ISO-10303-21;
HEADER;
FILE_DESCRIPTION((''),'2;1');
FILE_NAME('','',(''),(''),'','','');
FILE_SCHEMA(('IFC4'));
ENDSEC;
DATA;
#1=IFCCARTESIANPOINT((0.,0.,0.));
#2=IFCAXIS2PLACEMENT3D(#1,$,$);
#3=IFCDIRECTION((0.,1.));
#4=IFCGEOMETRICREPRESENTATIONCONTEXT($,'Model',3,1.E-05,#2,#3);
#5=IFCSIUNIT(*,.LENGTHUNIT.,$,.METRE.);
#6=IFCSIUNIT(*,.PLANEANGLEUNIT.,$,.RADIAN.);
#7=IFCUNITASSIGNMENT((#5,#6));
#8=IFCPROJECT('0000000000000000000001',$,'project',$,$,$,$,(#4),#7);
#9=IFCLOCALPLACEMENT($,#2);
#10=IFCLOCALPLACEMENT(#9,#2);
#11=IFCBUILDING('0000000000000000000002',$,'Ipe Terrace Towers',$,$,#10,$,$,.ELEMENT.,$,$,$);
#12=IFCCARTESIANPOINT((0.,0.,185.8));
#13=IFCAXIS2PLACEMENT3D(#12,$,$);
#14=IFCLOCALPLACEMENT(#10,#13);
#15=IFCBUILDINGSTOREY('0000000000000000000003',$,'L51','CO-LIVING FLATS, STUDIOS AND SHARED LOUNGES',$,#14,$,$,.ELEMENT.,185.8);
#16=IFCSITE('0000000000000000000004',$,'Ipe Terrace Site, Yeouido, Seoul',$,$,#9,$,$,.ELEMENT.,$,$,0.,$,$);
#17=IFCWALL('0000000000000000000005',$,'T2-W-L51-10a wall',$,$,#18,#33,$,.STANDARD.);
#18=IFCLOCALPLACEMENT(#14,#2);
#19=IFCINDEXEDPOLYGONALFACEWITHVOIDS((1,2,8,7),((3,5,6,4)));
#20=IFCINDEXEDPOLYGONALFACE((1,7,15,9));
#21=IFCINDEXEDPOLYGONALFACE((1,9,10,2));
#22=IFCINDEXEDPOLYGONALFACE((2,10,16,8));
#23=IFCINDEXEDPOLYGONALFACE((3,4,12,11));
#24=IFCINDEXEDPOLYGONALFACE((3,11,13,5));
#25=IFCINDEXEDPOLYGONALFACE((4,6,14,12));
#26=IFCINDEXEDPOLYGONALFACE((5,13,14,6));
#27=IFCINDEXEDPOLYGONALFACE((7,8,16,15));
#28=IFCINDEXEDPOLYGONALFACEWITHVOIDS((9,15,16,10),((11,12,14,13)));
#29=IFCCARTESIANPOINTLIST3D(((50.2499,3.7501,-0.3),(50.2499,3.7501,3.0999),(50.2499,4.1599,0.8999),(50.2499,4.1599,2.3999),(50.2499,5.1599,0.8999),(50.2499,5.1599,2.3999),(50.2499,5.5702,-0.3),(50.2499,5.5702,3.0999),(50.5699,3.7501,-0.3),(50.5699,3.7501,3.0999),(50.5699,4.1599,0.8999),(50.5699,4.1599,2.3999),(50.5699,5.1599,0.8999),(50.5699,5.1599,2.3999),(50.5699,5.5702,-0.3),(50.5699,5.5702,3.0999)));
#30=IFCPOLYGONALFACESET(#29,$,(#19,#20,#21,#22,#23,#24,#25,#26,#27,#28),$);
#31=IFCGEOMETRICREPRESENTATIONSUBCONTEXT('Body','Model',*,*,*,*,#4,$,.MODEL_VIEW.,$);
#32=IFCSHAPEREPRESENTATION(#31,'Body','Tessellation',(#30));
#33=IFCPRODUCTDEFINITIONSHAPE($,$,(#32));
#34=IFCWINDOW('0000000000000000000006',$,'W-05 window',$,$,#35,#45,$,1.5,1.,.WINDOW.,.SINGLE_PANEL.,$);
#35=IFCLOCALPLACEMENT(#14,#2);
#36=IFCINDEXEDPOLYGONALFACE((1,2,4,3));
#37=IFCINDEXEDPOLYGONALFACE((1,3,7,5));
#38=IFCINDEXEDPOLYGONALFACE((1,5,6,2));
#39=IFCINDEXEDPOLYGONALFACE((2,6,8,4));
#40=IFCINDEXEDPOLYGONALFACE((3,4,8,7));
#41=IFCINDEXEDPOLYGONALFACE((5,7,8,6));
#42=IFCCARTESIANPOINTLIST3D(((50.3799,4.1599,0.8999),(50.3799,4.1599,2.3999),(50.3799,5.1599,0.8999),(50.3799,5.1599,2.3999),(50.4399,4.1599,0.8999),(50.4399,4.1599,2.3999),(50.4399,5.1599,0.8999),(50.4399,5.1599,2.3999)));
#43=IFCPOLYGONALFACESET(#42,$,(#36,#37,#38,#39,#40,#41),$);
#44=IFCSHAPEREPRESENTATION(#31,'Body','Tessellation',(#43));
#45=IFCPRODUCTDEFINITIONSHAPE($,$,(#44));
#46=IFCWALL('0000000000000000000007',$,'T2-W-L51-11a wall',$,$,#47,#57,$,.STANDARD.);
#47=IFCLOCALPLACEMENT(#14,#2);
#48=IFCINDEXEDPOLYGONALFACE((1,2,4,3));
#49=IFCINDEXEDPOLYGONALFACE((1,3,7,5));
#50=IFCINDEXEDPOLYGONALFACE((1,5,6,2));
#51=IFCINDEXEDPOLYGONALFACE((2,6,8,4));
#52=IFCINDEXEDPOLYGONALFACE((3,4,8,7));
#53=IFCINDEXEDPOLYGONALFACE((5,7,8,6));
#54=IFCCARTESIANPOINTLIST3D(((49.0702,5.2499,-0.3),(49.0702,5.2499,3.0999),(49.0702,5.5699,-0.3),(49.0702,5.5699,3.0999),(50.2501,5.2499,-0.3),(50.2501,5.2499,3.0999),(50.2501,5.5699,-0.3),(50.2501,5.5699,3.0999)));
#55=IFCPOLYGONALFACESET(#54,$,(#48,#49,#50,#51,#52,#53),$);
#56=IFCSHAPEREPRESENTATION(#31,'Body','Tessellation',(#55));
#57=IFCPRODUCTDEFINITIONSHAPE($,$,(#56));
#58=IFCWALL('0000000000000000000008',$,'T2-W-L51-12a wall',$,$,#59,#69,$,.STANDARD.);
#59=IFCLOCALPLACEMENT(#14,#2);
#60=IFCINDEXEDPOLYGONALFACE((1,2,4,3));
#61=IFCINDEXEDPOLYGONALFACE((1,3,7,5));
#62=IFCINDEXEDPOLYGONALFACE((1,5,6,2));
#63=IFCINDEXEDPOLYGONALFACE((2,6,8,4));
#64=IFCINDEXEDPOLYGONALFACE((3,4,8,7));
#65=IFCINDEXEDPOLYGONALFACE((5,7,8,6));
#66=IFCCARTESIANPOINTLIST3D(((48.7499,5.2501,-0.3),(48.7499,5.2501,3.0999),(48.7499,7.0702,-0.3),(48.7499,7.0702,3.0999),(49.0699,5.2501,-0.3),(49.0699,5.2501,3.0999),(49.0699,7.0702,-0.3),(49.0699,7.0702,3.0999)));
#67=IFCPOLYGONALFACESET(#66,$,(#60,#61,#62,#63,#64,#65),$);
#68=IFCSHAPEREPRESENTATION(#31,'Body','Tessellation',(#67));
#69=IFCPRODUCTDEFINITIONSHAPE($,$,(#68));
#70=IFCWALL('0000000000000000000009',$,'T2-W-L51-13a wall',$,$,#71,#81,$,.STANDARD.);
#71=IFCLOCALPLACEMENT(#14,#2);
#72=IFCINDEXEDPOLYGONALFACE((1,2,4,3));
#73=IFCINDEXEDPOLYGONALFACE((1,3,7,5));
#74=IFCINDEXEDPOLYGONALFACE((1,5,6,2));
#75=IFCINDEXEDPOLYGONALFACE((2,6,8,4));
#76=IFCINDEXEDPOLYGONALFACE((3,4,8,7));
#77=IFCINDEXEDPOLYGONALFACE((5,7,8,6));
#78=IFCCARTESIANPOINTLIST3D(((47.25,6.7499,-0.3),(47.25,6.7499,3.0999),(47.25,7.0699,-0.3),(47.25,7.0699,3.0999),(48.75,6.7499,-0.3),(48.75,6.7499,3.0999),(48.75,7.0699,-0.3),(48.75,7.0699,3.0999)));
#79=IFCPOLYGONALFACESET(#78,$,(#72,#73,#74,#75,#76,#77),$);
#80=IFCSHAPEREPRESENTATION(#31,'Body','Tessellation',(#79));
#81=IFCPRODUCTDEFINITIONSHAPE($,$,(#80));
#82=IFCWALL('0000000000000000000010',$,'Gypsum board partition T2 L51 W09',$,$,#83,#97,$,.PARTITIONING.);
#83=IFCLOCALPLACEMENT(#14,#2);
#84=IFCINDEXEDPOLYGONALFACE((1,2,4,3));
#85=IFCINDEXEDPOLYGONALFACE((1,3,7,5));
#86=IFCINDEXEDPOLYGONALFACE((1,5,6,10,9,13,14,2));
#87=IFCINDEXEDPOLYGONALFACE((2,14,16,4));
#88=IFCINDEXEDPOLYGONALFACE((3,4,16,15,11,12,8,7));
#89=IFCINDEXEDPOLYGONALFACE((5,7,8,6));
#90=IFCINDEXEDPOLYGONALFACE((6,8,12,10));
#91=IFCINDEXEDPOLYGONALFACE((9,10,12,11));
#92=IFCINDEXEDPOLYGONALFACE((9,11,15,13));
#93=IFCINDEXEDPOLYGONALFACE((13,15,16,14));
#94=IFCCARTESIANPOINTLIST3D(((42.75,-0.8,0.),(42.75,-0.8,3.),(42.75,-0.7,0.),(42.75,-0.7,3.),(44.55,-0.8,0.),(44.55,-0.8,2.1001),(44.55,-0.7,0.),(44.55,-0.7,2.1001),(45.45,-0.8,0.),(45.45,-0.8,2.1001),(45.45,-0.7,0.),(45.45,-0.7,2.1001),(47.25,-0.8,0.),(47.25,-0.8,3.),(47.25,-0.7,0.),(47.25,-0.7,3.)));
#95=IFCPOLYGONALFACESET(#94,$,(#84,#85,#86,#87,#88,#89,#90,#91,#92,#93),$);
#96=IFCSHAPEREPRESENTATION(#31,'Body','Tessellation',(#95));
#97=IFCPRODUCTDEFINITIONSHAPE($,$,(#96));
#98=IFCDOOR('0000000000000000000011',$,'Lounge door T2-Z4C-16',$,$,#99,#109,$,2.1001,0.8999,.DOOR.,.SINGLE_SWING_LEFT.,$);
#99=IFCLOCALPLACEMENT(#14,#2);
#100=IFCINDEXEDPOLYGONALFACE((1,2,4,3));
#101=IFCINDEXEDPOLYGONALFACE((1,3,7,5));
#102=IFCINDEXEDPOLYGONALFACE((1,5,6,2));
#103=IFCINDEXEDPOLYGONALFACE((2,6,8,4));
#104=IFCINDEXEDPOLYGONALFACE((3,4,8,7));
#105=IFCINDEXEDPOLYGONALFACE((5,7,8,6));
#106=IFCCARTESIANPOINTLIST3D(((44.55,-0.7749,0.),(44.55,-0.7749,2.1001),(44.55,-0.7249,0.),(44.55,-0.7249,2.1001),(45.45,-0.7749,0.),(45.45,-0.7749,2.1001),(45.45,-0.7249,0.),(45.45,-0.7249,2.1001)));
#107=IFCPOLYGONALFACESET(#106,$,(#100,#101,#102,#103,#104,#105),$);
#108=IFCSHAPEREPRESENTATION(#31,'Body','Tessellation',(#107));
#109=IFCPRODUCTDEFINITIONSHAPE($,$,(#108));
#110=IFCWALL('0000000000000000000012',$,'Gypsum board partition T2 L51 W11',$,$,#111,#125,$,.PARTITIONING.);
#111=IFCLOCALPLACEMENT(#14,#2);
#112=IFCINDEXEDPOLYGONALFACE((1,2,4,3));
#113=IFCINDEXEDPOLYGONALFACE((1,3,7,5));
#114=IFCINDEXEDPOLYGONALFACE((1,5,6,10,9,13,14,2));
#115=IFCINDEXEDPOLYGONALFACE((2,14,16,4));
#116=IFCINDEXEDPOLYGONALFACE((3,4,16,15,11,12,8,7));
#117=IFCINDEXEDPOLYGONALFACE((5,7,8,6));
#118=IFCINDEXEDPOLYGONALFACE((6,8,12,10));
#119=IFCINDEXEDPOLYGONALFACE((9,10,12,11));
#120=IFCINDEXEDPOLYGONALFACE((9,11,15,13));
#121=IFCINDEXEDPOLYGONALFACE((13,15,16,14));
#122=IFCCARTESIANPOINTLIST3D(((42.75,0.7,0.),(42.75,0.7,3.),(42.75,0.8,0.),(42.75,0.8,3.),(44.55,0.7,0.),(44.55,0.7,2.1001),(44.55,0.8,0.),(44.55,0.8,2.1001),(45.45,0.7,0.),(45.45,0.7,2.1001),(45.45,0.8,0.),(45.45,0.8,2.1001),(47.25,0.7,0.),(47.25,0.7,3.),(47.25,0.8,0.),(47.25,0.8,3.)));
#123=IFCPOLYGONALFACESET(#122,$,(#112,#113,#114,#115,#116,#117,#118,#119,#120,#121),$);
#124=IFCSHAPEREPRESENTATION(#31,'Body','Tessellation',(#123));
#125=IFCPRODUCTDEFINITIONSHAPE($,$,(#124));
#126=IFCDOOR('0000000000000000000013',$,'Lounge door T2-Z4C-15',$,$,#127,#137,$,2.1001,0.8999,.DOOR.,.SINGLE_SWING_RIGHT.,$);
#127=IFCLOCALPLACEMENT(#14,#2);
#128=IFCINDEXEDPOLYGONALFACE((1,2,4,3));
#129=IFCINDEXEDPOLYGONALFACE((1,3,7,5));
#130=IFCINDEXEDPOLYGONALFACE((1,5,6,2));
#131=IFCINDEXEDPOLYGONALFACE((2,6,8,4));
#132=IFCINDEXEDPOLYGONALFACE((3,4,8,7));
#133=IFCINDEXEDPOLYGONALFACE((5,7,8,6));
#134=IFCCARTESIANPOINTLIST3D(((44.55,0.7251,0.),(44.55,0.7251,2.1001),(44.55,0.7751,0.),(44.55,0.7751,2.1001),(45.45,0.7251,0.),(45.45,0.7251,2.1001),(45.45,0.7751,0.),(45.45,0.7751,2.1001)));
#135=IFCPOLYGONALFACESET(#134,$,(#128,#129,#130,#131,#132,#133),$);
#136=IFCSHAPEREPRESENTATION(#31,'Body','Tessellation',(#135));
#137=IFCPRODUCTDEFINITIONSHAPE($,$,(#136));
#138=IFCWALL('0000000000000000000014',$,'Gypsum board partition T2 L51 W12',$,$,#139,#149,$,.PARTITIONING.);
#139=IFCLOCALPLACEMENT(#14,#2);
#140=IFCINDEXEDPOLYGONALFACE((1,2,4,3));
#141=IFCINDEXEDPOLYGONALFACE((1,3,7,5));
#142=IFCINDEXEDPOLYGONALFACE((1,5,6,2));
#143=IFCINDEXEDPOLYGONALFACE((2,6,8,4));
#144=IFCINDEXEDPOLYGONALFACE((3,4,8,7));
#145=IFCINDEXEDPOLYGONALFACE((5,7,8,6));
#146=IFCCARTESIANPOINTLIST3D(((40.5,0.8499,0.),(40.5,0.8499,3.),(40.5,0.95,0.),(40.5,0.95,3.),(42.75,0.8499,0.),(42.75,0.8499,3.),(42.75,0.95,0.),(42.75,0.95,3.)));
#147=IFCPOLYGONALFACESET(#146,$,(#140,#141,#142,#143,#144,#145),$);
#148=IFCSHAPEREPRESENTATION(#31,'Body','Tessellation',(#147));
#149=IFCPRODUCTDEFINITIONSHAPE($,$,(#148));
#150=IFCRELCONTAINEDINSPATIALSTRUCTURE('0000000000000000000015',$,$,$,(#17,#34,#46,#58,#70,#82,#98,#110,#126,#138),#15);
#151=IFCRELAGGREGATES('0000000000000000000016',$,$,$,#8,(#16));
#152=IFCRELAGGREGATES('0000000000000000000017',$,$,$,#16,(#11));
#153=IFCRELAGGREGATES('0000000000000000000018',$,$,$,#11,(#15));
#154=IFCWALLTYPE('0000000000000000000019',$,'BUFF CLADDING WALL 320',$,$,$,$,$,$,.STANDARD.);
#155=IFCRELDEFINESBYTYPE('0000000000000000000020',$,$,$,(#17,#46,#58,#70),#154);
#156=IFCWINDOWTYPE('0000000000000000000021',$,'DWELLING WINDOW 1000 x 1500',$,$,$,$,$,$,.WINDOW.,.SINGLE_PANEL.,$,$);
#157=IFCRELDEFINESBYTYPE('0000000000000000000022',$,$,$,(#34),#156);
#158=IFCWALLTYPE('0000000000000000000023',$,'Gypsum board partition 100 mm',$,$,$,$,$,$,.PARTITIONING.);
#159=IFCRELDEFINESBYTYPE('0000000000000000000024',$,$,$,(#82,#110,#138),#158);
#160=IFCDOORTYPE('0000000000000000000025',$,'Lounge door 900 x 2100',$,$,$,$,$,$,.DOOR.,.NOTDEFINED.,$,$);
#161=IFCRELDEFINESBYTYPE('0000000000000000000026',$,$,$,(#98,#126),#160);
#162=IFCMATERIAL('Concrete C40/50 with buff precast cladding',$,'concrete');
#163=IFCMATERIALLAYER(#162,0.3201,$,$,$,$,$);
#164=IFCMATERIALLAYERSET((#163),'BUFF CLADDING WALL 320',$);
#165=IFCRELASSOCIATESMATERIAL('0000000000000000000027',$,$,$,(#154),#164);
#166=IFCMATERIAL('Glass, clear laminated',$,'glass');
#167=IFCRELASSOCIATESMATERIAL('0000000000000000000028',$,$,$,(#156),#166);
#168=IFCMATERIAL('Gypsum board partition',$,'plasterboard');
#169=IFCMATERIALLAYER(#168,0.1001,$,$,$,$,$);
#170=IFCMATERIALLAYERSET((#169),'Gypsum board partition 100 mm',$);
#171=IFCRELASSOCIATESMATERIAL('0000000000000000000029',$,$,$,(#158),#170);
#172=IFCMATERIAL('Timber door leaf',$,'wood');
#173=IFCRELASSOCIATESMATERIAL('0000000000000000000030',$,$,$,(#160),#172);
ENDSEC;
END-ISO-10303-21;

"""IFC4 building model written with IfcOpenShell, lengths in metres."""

from ifc_helpers import new_model, si_unit, direction, frame, frame_2d, origin, place, context, subcontext, project, spatial, rectangle, extrude, material, layer, layer_set, type_object, element, fill, save


model = new_model("IFC4")

# Units and contexts
model_context = context("Model", 3, precision=1e-05, world=origin(), true_north=direction((0.0, 1.0)))
body_context = subcontext(model_context, "Body", "Model", "MODEL_VIEW")
ifc_project = project(units=[si_unit("LENGTHUNIT", "METRE"), si_unit("PLANEANGLEUNIT", "RADIAN")], contexts=[model_context])

# Site, building, storey
site_placement = place(None, origin())
site = spatial("IfcSite", under=ifc_project, at=site_placement, Name="Ipe Terrace Site, Yeouido, Seoul", CompositionType="ELEMENT", RefElevation=0.0)
building_placement = place(site_placement, origin())
building = spatial("IfcBuilding", under=site, at=building_placement, Name="Ipe Terrace Towers", CompositionType="ELEMENT")
storey_placement = place(building_placement, frame((0.0, 0.0, 185.8)))
storey = spatial("IfcBuildingStorey", under=building, at=storey_placement, Name="L51", Description="CO-LIVING FLATS, STUDIOS AND SHARED LOUNGES", CompositionType="ELEMENT", Elevation=185.8)

# Shared definitions
ifc_material_1 = material(Name="Concrete C40/50 with buff precast cladding", Category="concrete")
ifc_layer_1 = layer(ifc_material_1, 0.3201)
ifc_layer_set_1 = layer_set([ifc_layer_1], Name="BUFF CLADDING WALL 320")
wall_type_1 = type_object("IfcWallType", Name="BUFF CLADDING WALL 320", PredefinedType="STANDARD", material=ifc_layer_set_1)

# Wall, opening, window
wall_1_placement = place(storey_placement, frame((50.4099, 3.75, -0.3), z_axis=(0.0, 0.0, 1.0), x_axis=(0.0, 1.0, 0.0)))
wall_1 = element("IfcWall", 1, at=wall_1_placement, inside=storey, type_object=wall_type_1, Name="T2-W-L51-10a wall", PredefinedType="STANDARD", context=body_context, shape_type="SweptSolid", body=[
    extrude(rectangle(XDim=1.8201, YDim=0.3201, at=frame_2d((0.9102, 0.0))), origin(), (0.0, 0.0, 1.0), 3.3999),
])
opening_1_placement = place(wall_1_placement, frame((0.4099, 0.0, 1.2)))
opening_1 = element("IfcOpeningElement", 2, at=opening_1_placement, cuts=wall_1, PredefinedType="OPENING", context=body_context, shape_type="SweptSolid", body=[
    extrude(rectangle(XDim=1.0, YDim=1.5, at=frame_2d((0.5, 0.75))), frame((0.0, 0.1699, 0.0), z_axis=(0.0, -1.0, 0.0), x_axis=(1.0, 0.0, 0.0)), (0.0, 0.0, 1.0), 0.3401),
])
ifc_material_2 = material(Name="Glass, clear laminated", Category="glass")
window_type = type_object("IfcWindowType", Name="DWELLING WINDOW 1000 x 1500", PartitioningType="SINGLE_PANEL", PredefinedType="WINDOW", material=ifc_material_2)
window_placement = place(opening_1_placement, origin())
window = element("IfcWindow", 3, at=window_placement, inside=storey, type_object=window_type, Name="W-05 window", OverallHeight=1.5, OverallWidth=1.0, PartitioningType="SINGLE_PANEL", PredefinedType="WINDOW", context=body_context, shape_type="SweptSolid", body=[
    extrude(rectangle(XDim=1.0, YDim=1.5, at=frame_2d((0.5, 0.75))), frame((0.0, 0.03, 0.0), z_axis=(0.0, -1.0, 0.0), x_axis=(1.0, 0.0, 0.0)), (0.0, 0.0, 1.0), 0.0601),
])
fill(opening_1, window)

# Walls
wall_2_placement = place(storey_placement, frame((50.25, 5.4099, -0.3), z_axis=(0.0, 0.0, 1.0), x_axis=(-1.0, 0.0, 0.0)))
element("IfcWall", 4, at=wall_2_placement, inside=storey, type_object=wall_type_1, Name="T2-W-L51-11a wall", PredefinedType="STANDARD", context=body_context, shape_type="SweptSolid", body=[
    extrude(rectangle(XDim=1.1799, YDim=0.3201, at=frame_2d((0.5898, 0.0))), origin(), (0.0, 0.0, 1.0), 3.3999),
])
wall_3_placement = place(storey_placement, frame((48.9099, 5.25, -0.3), z_axis=(0.0, 0.0, 1.0), x_axis=(0.0, 1.0, 0.0)))
element("IfcWall", 5, at=wall_3_placement, inside=storey, type_object=wall_type_1, Name="T2-W-L51-12a wall", PredefinedType="STANDARD", context=body_context, shape_type="SweptSolid", body=[
    extrude(rectangle(XDim=1.8201, YDim=0.3201, at=frame_2d((0.9102, 0.0))), origin(), (0.0, 0.0, 1.0), 3.3999),
])
wall_4_placement = place(storey_placement, frame((48.75, 6.9099, -0.3), z_axis=(0.0, 0.0, 1.0), x_axis=(-1.0, 0.0, 0.0)))
element("IfcWall", 6, at=wall_4_placement, inside=storey, type_object=wall_type_1, Name="T2-W-L51-13a wall", PredefinedType="STANDARD", context=body_context, shape_type="SweptSolid", body=[
    extrude(rectangle(XDim=1.5, YDim=0.3201, at=frame_2d((0.75, 0.0))), origin(), (0.0, 0.0, 1.0), 3.3999),
])

# Walls, openings, doors
ifc_material_3 = material(Name="Gypsum board partition", Category="plasterboard")
ifc_layer_2 = layer(ifc_material_3, 0.1001)
ifc_layer_set_2 = layer_set([ifc_layer_2], Name="Gypsum board partition 100 mm")
wall_type_2 = type_object("IfcWallType", Name="Gypsum board partition 100 mm", PredefinedType="PARTITIONING", material=ifc_layer_set_2)
wall_5_placement = place(storey_placement, frame((47.25, -0.75, 0.0), z_axis=(0.0, 0.0, 1.0), x_axis=(-1.0, 0.0, 0.0)))
wall_5 = element("IfcWall", 7, at=wall_5_placement, inside=storey, type_object=wall_type_2, Name="Gypsum board partition T2 L51 W09", PredefinedType="PARTITIONING", context=body_context, shape_type="SweptSolid", body=[
    extrude(rectangle(XDim=4.5, YDim=0.1001, at=frame_2d((2.25, 0.0))), origin(), (0.0, 0.0, 1.0), 3.0),
])
opening_2_placement = place(wall_5_placement, frame((1.8, 0.0, 0.0)))
opening_2 = element("IfcOpeningElement", 8, at=opening_2_placement, cuts=wall_5, PredefinedType="OPENING", context=body_context, shape_type="SweptSolid", body=[
    extrude(rectangle(XDim=0.8999, YDim=2.1001, at=frame_2d((0.45, 1.05))), frame((0.0, 0.0601, 0.0), z_axis=(0.0, -1.0, 0.0), x_axis=(1.0, 0.0, 0.0)), (0.0, 0.0, 1.0), 0.1201),
])
ifc_material_4 = material(Name="Timber door leaf", Category="wood")
door_type_1 = type_object("IfcDoorType", Name="Lounge door 900 x 2100", OperationType="NOTDEFINED", PredefinedType="DOOR", material=ifc_material_4)
door_1_placement = place(opening_2_placement, origin())
door_1 = element("IfcDoor", 9, at=door_1_placement, inside=storey, type_object=door_type_1, Name="Lounge door T2-Z4C-16", OperationType="SINGLE_SWING_LEFT", OverallHeight=2.1001, OverallWidth=0.8999, PredefinedType="DOOR", context=body_context, shape_type="SweptSolid", body=[
    extrude(rectangle(XDim=0.8999, YDim=2.1001, at=frame_2d((0.45, 1.05))), frame((0.0, 0.0249, 0.0), z_axis=(0.0, -1.0, 0.0), x_axis=(1.0, 0.0, 0.0)), (0.0, 0.0, 1.0), 0.05),
])
fill(opening_2, door_1)
wall_6_placement = place(storey_placement, frame((47.25, 0.75, 0.0), z_axis=(0.0, 0.0, 1.0), x_axis=(-1.0, 0.0, 0.0)))
wall_6 = element("IfcWall", 10, at=wall_6_placement, inside=storey, type_object=wall_type_2, Name="Gypsum board partition T2 L51 W11", PredefinedType="PARTITIONING", context=body_context, shape_type="SweptSolid", body=[
    extrude(rectangle(XDim=4.5, YDim=0.1001, at=frame_2d((2.25, 0.0))), origin(), (0.0, 0.0, 1.0), 3.0),
])
opening_3_placement = place(wall_6_placement, frame((1.8, 0.0, 0.0)))
opening_3 = element("IfcOpeningElement", 11, at=opening_3_placement, cuts=wall_6, PredefinedType="OPENING", context=body_context, shape_type="SweptSolid", body=[
    extrude(rectangle(XDim=0.8999, YDim=2.1001, at=frame_2d((0.45, 1.05))), frame((0.0, 0.0601, 0.0), z_axis=(0.0, -1.0, 0.0), x_axis=(1.0, 0.0, 0.0)), (0.0, 0.0, 1.0), 0.1201),
])
door_2_placement = place(opening_3_placement, origin())
door_2 = element("IfcDoor", 12, at=door_2_placement, inside=storey, type_object=door_type_1, Name="Lounge door T2-Z4C-15", OperationType="SINGLE_SWING_RIGHT", OverallHeight=2.1001, OverallWidth=0.8999, PredefinedType="DOOR", context=body_context, shape_type="SweptSolid", body=[
    extrude(rectangle(XDim=0.8999, YDim=2.1001, at=frame_2d((0.45, 1.05))), frame((0.0, 0.0249, 0.0), z_axis=(0.0, -1.0, 0.0), x_axis=(1.0, 0.0, 0.0)), (0.0, 0.0, 1.0), 0.05),
])
fill(opening_3, door_2)

# Wall
wall_7_placement = place(storey_placement, frame((42.75, 0.8999, 0.0), z_axis=(0.0, 0.0, 1.0), x_axis=(-1.0, 0.0, 0.0)))
element("IfcWall", 13, at=wall_7_placement, inside=storey, type_object=wall_type_2, Name="Gypsum board partition T2 L51 W12", PredefinedType="PARTITIONING", context=body_context, shape_type="SweptSolid", body=[
    extrude(rectangle(XDim=2.25, YDim=0.1001, at=frame_2d((1.125, 0.0))), origin(), (0.0, 0.0, 1.0), 3.0),
])

save(model, "model.ifc")
